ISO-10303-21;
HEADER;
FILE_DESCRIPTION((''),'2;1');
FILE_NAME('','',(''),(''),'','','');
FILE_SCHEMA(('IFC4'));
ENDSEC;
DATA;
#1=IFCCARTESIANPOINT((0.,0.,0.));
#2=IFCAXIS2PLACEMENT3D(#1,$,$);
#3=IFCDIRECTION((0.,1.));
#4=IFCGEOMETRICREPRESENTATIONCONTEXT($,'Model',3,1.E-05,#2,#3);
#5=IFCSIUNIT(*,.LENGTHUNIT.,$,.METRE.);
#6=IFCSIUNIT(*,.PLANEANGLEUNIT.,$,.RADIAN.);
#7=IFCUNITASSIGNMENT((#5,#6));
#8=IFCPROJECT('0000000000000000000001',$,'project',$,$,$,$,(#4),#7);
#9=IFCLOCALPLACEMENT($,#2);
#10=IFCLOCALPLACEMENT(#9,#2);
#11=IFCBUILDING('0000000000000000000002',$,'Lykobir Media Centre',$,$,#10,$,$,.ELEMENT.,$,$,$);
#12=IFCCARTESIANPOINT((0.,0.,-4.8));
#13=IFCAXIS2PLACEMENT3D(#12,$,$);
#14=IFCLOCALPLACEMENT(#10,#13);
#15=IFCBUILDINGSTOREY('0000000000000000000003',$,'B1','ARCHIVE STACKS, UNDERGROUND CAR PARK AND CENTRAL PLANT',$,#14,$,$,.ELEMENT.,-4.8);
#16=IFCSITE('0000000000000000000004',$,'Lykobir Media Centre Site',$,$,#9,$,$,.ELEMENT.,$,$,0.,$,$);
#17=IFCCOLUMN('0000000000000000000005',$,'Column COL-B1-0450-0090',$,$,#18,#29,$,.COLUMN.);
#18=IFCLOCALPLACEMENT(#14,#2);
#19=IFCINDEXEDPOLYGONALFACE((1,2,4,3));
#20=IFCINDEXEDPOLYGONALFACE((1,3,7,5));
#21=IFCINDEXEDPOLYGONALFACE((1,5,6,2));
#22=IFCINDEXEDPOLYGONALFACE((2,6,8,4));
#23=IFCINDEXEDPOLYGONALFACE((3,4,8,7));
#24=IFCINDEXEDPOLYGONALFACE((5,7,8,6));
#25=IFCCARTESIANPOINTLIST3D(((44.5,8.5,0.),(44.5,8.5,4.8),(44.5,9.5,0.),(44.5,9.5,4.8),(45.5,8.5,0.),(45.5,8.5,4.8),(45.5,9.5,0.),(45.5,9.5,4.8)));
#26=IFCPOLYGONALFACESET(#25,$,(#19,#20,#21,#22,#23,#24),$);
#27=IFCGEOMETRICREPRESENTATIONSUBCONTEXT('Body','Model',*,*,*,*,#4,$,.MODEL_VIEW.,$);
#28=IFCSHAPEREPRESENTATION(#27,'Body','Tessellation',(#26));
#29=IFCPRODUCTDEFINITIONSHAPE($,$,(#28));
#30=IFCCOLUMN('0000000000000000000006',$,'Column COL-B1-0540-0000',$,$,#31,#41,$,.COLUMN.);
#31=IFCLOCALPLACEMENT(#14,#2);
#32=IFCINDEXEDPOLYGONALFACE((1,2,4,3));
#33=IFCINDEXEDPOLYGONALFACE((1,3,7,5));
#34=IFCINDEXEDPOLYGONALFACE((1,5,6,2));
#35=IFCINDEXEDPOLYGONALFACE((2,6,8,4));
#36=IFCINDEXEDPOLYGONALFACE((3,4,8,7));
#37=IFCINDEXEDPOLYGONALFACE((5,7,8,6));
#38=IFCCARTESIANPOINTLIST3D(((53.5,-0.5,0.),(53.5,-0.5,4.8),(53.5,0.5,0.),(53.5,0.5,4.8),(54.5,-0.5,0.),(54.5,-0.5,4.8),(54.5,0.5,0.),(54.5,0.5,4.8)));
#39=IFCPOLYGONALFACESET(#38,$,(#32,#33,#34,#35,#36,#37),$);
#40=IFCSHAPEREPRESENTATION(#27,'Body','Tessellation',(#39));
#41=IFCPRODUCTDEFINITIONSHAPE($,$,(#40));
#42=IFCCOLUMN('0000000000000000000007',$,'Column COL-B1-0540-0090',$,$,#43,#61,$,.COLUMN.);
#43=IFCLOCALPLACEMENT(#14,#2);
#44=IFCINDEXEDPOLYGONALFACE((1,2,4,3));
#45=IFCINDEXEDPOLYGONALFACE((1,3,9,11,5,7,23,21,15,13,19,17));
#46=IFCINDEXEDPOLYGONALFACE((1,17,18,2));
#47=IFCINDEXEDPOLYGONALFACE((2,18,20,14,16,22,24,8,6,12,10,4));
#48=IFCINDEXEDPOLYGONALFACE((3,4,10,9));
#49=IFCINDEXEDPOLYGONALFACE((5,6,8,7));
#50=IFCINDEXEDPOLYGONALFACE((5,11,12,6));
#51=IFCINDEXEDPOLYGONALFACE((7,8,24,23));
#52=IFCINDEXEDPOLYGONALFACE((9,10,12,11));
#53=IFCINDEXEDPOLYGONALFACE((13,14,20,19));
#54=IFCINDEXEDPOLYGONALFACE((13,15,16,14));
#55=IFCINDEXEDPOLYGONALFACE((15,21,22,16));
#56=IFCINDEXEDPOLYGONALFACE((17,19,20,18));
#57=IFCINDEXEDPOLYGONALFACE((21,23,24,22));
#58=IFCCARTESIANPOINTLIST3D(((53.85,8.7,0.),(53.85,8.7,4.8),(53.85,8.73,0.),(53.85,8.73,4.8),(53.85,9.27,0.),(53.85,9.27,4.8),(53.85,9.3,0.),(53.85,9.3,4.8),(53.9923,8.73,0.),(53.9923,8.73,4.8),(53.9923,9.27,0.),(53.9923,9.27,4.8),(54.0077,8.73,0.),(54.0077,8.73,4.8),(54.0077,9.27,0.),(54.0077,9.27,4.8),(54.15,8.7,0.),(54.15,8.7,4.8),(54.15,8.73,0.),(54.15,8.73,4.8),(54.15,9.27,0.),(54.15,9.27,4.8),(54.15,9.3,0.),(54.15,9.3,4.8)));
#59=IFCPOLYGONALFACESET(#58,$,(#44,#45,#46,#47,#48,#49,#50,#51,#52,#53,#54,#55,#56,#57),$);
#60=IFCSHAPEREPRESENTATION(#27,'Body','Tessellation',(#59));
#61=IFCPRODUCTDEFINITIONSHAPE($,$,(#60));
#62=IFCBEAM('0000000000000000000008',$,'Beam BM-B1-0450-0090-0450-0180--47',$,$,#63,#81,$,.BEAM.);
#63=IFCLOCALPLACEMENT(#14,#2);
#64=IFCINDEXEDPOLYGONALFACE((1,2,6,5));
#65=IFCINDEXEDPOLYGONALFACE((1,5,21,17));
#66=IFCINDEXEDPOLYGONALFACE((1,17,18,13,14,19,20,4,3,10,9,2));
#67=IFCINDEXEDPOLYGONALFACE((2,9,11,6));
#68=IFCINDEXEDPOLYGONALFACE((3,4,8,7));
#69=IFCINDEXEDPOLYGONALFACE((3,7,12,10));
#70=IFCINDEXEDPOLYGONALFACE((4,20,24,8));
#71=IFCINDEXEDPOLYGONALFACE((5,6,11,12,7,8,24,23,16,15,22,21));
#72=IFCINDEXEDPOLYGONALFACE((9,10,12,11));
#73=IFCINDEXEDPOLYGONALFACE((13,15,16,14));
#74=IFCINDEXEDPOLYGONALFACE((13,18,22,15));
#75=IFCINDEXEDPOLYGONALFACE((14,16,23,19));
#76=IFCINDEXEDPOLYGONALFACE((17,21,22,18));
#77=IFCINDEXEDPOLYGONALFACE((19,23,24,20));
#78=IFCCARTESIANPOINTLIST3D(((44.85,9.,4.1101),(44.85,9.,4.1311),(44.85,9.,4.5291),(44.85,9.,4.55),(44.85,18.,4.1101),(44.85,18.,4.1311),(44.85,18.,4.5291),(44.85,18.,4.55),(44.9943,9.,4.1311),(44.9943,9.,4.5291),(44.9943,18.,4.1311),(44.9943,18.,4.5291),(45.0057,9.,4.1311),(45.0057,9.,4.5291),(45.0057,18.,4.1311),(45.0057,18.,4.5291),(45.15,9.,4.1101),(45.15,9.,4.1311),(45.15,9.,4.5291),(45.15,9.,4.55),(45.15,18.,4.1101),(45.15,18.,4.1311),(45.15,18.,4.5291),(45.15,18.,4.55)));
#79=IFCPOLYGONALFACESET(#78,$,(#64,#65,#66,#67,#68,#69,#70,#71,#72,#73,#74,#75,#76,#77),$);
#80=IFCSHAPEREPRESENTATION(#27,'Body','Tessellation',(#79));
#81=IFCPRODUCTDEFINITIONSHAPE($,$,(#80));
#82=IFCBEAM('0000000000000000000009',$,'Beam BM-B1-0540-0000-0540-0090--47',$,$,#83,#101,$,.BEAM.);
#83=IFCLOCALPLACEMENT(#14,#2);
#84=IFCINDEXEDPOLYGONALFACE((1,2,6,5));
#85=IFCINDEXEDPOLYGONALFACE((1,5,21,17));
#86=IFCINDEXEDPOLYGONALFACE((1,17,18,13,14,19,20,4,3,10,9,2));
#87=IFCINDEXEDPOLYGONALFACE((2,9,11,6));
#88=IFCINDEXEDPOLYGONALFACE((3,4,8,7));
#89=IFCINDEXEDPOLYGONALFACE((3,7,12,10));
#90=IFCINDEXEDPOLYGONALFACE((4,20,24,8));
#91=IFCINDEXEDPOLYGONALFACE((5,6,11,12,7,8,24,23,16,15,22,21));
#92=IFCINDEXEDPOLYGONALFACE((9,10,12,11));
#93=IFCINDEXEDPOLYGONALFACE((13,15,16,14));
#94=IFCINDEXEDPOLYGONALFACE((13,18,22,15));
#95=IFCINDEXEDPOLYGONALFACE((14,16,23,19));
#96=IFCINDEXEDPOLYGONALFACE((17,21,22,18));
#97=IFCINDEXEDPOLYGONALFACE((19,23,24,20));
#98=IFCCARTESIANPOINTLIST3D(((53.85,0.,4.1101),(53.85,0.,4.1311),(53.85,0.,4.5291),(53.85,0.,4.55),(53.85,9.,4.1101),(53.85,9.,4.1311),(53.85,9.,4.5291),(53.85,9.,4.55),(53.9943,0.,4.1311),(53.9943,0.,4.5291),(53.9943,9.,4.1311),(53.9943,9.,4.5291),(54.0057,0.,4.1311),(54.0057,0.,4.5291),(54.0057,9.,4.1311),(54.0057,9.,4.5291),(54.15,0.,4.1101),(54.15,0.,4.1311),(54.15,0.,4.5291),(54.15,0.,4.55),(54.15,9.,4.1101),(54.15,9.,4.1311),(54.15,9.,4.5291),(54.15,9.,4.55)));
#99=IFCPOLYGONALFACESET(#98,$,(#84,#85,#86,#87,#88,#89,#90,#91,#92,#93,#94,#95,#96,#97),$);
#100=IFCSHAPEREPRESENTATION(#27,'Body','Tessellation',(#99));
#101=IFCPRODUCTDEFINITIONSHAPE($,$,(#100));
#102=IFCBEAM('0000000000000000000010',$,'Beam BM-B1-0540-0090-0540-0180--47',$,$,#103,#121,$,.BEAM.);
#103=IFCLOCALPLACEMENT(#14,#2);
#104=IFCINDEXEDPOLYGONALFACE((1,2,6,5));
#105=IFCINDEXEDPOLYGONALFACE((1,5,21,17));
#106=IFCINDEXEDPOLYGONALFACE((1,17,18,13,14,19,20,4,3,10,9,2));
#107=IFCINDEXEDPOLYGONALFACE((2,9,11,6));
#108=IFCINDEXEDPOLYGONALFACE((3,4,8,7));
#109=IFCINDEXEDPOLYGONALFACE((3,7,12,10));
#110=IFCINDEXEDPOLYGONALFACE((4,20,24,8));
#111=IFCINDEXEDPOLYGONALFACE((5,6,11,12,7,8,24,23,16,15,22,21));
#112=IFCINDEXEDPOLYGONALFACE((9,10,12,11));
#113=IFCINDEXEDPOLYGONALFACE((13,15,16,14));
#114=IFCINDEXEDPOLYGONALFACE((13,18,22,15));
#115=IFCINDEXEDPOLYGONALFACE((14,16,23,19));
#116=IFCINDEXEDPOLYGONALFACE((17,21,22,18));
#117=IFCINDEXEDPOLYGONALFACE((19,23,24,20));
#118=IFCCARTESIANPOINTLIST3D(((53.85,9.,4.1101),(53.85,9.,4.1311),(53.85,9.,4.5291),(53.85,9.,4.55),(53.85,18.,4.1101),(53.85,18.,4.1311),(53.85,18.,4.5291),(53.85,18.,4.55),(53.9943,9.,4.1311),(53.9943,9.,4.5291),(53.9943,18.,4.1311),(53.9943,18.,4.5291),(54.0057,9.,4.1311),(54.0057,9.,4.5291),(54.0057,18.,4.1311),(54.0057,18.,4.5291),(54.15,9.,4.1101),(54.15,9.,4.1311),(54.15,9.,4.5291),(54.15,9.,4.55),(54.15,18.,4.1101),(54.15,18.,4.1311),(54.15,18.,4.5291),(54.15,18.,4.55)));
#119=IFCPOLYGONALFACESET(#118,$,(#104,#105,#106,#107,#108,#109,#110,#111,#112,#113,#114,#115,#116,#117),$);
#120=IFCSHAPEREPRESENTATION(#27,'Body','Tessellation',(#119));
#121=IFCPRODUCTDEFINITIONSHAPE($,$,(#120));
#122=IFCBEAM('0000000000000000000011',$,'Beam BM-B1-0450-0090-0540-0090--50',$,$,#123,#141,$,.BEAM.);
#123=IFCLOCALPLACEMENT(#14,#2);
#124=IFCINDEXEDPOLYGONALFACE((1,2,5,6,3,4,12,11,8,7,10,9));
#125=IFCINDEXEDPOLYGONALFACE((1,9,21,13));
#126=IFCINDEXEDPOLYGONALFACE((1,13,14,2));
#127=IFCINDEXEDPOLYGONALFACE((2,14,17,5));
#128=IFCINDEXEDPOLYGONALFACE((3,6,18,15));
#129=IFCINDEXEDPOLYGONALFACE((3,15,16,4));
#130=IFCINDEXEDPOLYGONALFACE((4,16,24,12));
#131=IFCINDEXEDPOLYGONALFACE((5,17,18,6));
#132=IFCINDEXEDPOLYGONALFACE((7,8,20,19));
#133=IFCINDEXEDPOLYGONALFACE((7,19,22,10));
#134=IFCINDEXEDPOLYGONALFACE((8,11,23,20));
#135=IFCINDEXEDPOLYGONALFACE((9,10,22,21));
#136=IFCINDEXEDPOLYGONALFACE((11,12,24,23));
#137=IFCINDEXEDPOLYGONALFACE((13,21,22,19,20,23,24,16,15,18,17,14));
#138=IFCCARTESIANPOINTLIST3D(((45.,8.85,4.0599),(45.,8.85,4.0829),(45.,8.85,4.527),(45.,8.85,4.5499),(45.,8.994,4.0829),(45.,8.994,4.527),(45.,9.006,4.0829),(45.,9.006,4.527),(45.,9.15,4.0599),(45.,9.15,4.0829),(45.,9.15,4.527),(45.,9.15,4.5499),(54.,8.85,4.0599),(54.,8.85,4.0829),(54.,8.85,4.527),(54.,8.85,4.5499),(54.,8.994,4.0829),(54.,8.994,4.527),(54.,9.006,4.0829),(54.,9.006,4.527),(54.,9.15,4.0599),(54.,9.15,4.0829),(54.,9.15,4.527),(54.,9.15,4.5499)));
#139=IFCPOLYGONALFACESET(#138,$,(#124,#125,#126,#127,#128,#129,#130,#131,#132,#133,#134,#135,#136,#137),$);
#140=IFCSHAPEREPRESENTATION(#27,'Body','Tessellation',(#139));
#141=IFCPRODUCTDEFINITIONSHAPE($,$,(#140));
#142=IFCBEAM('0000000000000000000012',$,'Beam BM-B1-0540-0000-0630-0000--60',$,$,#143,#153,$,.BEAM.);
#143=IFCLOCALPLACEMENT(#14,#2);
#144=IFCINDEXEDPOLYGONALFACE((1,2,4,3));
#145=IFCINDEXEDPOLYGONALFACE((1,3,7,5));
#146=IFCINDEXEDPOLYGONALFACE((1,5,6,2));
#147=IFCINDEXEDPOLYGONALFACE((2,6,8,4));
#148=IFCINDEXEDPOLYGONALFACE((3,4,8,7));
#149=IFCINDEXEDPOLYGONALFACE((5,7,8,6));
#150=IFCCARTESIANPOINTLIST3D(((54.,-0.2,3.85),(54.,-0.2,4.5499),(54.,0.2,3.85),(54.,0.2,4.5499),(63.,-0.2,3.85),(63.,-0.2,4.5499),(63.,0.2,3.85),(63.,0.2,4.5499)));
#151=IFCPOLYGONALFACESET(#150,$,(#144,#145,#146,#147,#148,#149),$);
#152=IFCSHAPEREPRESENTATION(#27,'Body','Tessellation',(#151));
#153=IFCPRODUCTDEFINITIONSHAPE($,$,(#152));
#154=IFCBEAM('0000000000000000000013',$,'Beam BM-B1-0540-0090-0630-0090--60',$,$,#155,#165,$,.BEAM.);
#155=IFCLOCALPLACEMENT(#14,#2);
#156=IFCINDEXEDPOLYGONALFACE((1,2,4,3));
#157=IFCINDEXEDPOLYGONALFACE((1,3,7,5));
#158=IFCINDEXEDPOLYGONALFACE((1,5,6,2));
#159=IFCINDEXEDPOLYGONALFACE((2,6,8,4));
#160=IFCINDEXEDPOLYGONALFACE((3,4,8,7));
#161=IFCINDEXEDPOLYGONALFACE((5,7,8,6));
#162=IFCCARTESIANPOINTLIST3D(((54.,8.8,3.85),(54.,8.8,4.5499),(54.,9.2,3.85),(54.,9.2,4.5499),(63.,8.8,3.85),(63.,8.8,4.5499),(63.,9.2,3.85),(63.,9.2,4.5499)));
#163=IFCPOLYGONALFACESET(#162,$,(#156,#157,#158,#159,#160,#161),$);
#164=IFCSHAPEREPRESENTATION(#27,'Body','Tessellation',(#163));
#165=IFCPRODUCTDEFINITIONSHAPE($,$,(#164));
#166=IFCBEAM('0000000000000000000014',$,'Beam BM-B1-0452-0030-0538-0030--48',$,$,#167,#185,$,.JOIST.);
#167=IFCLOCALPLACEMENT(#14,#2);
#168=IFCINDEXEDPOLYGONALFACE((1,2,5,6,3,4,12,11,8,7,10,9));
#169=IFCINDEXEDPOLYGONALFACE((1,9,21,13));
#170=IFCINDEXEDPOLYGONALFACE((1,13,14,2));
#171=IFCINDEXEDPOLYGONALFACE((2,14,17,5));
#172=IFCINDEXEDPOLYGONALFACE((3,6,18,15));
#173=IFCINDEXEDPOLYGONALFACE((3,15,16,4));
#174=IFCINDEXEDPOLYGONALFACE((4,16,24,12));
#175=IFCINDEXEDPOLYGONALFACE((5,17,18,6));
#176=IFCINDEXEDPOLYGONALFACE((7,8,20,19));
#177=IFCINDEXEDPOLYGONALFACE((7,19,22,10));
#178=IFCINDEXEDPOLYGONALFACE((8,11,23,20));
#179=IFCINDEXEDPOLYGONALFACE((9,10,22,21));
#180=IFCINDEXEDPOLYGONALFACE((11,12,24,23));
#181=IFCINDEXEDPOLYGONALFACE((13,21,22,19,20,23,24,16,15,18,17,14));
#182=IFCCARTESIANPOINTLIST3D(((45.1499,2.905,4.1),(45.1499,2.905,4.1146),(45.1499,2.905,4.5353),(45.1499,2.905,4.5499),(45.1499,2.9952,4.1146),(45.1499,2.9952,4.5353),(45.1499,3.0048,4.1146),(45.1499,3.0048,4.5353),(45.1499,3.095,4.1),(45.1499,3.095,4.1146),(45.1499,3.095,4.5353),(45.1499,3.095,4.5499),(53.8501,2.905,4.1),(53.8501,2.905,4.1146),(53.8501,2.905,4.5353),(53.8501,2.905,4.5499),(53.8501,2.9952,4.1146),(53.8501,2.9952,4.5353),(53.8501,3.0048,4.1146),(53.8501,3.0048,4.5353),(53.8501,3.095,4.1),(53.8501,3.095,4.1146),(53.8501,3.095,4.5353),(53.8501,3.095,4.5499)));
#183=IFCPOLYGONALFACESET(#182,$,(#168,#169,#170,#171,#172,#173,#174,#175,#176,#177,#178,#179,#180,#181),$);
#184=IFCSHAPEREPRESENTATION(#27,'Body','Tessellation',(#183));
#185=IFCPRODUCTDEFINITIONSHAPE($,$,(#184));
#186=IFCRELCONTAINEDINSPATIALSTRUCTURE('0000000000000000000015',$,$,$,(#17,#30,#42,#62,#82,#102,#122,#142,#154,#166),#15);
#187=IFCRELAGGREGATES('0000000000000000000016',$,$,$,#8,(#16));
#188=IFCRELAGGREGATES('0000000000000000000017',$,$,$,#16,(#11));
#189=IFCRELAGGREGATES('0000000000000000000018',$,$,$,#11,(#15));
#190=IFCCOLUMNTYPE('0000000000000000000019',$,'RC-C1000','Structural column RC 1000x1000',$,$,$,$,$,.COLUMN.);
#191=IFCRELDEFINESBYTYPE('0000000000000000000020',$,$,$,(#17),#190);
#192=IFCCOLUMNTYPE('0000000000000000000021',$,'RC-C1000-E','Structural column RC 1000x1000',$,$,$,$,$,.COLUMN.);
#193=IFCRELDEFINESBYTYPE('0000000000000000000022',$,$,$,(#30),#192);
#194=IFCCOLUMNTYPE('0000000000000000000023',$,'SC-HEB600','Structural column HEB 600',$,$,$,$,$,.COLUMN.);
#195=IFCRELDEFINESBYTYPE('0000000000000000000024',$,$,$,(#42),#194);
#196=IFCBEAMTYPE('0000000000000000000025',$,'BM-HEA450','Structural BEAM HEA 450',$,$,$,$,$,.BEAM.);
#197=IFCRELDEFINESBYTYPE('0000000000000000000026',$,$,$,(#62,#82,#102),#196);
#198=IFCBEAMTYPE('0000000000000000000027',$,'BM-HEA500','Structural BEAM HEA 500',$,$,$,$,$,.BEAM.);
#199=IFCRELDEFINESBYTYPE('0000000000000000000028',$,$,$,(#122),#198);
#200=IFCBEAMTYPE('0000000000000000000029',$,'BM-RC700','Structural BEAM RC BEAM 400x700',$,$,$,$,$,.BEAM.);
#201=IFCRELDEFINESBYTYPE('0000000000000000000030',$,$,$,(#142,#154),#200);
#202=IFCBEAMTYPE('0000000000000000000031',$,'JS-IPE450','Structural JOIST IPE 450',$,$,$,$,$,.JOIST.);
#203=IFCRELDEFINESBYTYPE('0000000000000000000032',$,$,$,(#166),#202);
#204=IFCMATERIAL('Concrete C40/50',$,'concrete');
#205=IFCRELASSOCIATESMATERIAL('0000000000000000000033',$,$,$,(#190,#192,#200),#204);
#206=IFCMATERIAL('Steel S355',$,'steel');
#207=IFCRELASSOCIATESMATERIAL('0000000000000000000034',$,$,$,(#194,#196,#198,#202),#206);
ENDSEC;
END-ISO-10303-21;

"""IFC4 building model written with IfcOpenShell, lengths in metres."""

from ifc_helpers import new_model, si_unit, direction, frame, origin, origin_2d, place, context, subcontext, project, spatial, rectangle, i_section, extrude, material, material_profile, profile_set, type_object, element, save


model = new_model("IFC4")

# Units and contexts
model_context = context("Model", 3, precision=1e-05, world=origin(), true_north=direction((0.0, 1.0)))
body_context = subcontext(model_context, "Body", "Model", "MODEL_VIEW")
ifc_project = project(units=[si_unit("LENGTHUNIT", "METRE"), si_unit("PLANEANGLEUNIT", "RADIAN")], contexts=[model_context])

# Site, building, storey
site_placement = place(None, origin())
site = spatial("IfcSite", under=ifc_project, at=site_placement, Name="Lykobir Media Centre Site", CompositionType="ELEMENT", RefElevation=0.0)
building_placement = place(site_placement, origin())
building = spatial("IfcBuilding", under=site, at=building_placement, Name="Lykobir Media Centre", CompositionType="ELEMENT")
storey_placement = place(building_placement, frame((0.0, 0.0, -4.8)))
storey = spatial("IfcBuildingStorey", under=building, at=storey_placement, Name="B1", Description="ARCHIVE STACKS, UNDERGROUND CAR PARK AND CENTRAL PLANT", CompositionType="ELEMENT", Elevation=-4.8)

# Columns
ifc_material_1 = material(Name="Concrete C40/50", Category="concrete")
ifc_material_profile_1 = material_profile(ifc_material_1, rectangle(XDim=1.0, YDim=1.0, at=origin_2d()), Name="RC 1000x1000")
ifc_profile_set_1 = profile_set([ifc_material_profile_1], Name="Concrete C40/50")
column_type_1 = type_object("IfcColumnType", Name="RC-C1000", Description="Structural column RC 1000x1000", PredefinedType="COLUMN", material=ifc_profile_set_1)
column_1_placement = place(storey_placement, frame((45.0, 9.0, 0.0), z_axis=(0.0, 0.0, 1.0), x_axis=(1.0, 0.0, 0.0)))
element("IfcColumn", 1, at=column_1_placement, inside=storey, type_object=column_type_1, Name="Column COL-B1-0450-0090", PredefinedType="COLUMN", context=body_context, shape_type="SweptSolid", body=[
    extrude(rectangle(XDim=1.0, YDim=1.0, at=origin_2d()), origin(), (0.0, 0.0, 1.0), 4.8),
])
ifc_material_profile_2 = material_profile(ifc_material_1, rectangle(XDim=1.0, YDim=1.0, at=origin_2d()), Name="RC 1000x1000")
ifc_profile_set_2 = profile_set([ifc_material_profile_2], Name="Concrete C40/50")
column_type_2 = type_object("IfcColumnType", Name="RC-C1000-E", Description="Structural column RC 1000x1000", PredefinedType="COLUMN", material=ifc_profile_set_2)
column_2_placement = place(storey_placement, frame((54.0, 0.0, 0.0), z_axis=(0.0, 0.0, 1.0), x_axis=(1.0, 0.0, 0.0)))
element("IfcColumn", 2, at=column_2_placement, inside=storey, type_object=column_type_2, Name="Column COL-B1-0540-0000", PredefinedType="COLUMN", context=body_context, shape_type="SweptSolid", body=[
    extrude(rectangle(XDim=1.0, YDim=1.0, at=origin_2d()), origin(), (0.0, 0.0, 1.0), 4.8),
])
ifc_material_2 = material(Name="Steel S355", Category="steel")
ifc_material_profile_3 = material_profile(ifc_material_2, i_section(OverallWidth=0.3, OverallDepth=0.6001, WebThickness=0.0154, FlangeThickness=0.03, at=origin_2d()), Name="HEB 600")
ifc_profile_set_3 = profile_set([ifc_material_profile_3], Name="Steel S355")
column_type_3 = type_object("IfcColumnType", Name="SC-HEB600", Description="Structural column HEB 600", PredefinedType="COLUMN", material=ifc_profile_set_3)
column_3_placement = place(storey_placement, frame((54.0, 9.0, 0.0), z_axis=(0.0, 0.0, 1.0), x_axis=(1.0, 0.0, 0.0)))
element("IfcColumn", 3, at=column_3_placement, inside=storey, type_object=column_type_3, Name="Column COL-B1-0540-0090", PredefinedType="COLUMN", context=body_context, shape_type="SweptSolid", body=[
    extrude(i_section(OverallWidth=0.3, OverallDepth=0.6001, WebThickness=0.0154, FlangeThickness=0.03, at=origin_2d()), origin(), (0.0, 0.0, 1.0), 4.8),
])

# Beams
ifc_material_profile_4 = material_profile(ifc_material_2, i_section(OverallWidth=0.3, OverallDepth=0.4399, WebThickness=0.0115, FlangeThickness=0.021, at=origin_2d()), Name="HEA 450")
ifc_profile_set_4 = profile_set([ifc_material_profile_4], Name="Steel S355")
beam_type_1 = type_object("IfcBeamType", Name="BM-HEA450", Description="Structural BEAM HEA 450", PredefinedType="BEAM", material=ifc_profile_set_4)
for number, where, z_axis, x_axis, name in (
    (4, (45.0, 9.0, 4.3301), (0.0, 1.0, 0.0), (-1.0, 0.0, 0.0), "Beam BM-B1-0450-0090-0450-0180--47"),
    (5, (54.0, 0.0, 4.3301), (0.0, 1.0, 0.0), (-1.0, 0.0, 0.0), "Beam BM-B1-0540-0000-0540-0090--47"),
    (6, (54.0, 9.0, 4.3301), (0.0, 1.0, 0.0), (-1.0, 0.0, 0.0), "Beam BM-B1-0540-0090-0540-0180--47"),
):
    element("IfcBeam", number, at=place(storey_placement, frame(where, z_axis=z_axis, x_axis=x_axis)), inside=storey, type_object=beam_type_1, Name=name, PredefinedType="BEAM", context=body_context, shape_type="SweptSolid", body=[
        extrude(i_section(OverallWidth=0.3, OverallDepth=0.4399, WebThickness=0.0115, FlangeThickness=0.021, at=origin_2d()), origin(), (0.0, 0.0, 1.0), 9.0),
    ])
ifc_material_profile_5 = material_profile(ifc_material_2, i_section(OverallWidth=0.3, OverallDepth=0.49, WebThickness=0.012, FlangeThickness=0.0229, at=origin_2d()), Name="HEA 500")
ifc_profile_set_5 = profile_set([ifc_material_profile_5], Name="Steel S355")
beam_type_2 = type_object("IfcBeamType", Name="BM-HEA500", Description="Structural BEAM HEA 500", PredefinedType="BEAM", material=ifc_profile_set_5)
beam_placement = place(storey_placement, frame((45.0, 9.0, 4.3049), z_axis=(1.0, 0.0, 0.0), x_axis=(0.0, 1.0, 0.0)))
element("IfcBeam", 7, at=beam_placement, inside=storey, type_object=beam_type_2, Name="Beam BM-B1-0450-0090-0540-0090--50", PredefinedType="BEAM", context=body_context, shape_type="SweptSolid", body=[
    extrude(i_section(OverallWidth=0.3, OverallDepth=0.49, WebThickness=0.012, FlangeThickness=0.0229, at=origin_2d()), origin(), (0.0, 0.0, 1.0), 9.0),
])
ifc_material_profile_6 = material_profile(ifc_material_1, rectangle(XDim=0.3999, YDim=0.7, at=origin_2d()), Name="RC BEAM 400x700")
ifc_profile_set_6 = profile_set([ifc_material_profile_6], Name="Concrete C40/50")
beam_type_3 = type_object("IfcBeamType", Name="BM-RC700", Description="Structural BEAM RC BEAM 400x700", PredefinedType="BEAM", material=ifc_profile_set_6)
for number, where, z_axis, x_axis, name in (
    (8, (54.0, 0.0, 4.2), (1.0, 0.0, 0.0), (0.0, 1.0, 0.0), "Beam BM-B1-0540-0000-0630-0000--60"),
    (9, (54.0, 9.0, 4.2), (1.0, 0.0, 0.0), (0.0, 1.0, 0.0), "Beam BM-B1-0540-0090-0630-0090--60"),
):
    element("IfcBeam", number, at=place(storey_placement, frame(where, z_axis=z_axis, x_axis=x_axis)), inside=storey, type_object=beam_type_3, Name=name, PredefinedType="BEAM", context=body_context, shape_type="SweptSolid", body=[
        extrude(rectangle(XDim=0.3999, YDim=0.7, at=origin_2d()), origin(), (0.0, 0.0, 1.0), 9.0),
    ])
ifc_material_profile_7 = material_profile(ifc_material_2, i_section(OverallWidth=0.1899, OverallDepth=0.45, WebThickness=0.0095, FlangeThickness=0.0146, at=origin_2d()), Name="IPE 450")
ifc_profile_set_7 = profile_set([ifc_material_profile_7], Name="Steel S355")
beam_type_4 = type_object("IfcBeamType", Name="JS-IPE450", Description="Structural JOIST IPE 450", PredefinedType="JOIST", material=ifc_profile_set_7)
for number, where, z_axis, x_axis, name in (
    (10, (45.1499, 3.0, 4.325), (1.0, 0.0, 0.0), (0.0, 1.0, 0.0), "Beam BM-B1-0452-0030-0538-0030--48"),
):
    element("IfcBeam", number, at=place(storey_placement, frame(where, z_axis=z_axis, x_axis=x_axis)), inside=storey, type_object=beam_type_4, Name=name, PredefinedType="JOIST", context=body_context, shape_type="SweptSolid", body=[
        extrude(i_section(OverallWidth=0.1899, OverallDepth=0.45, WebThickness=0.0095, FlangeThickness=0.0146, at=origin_2d()), origin(), (0.0, 0.0, 1.0), 8.7002),
    ])

save(model, "model.ifc")
